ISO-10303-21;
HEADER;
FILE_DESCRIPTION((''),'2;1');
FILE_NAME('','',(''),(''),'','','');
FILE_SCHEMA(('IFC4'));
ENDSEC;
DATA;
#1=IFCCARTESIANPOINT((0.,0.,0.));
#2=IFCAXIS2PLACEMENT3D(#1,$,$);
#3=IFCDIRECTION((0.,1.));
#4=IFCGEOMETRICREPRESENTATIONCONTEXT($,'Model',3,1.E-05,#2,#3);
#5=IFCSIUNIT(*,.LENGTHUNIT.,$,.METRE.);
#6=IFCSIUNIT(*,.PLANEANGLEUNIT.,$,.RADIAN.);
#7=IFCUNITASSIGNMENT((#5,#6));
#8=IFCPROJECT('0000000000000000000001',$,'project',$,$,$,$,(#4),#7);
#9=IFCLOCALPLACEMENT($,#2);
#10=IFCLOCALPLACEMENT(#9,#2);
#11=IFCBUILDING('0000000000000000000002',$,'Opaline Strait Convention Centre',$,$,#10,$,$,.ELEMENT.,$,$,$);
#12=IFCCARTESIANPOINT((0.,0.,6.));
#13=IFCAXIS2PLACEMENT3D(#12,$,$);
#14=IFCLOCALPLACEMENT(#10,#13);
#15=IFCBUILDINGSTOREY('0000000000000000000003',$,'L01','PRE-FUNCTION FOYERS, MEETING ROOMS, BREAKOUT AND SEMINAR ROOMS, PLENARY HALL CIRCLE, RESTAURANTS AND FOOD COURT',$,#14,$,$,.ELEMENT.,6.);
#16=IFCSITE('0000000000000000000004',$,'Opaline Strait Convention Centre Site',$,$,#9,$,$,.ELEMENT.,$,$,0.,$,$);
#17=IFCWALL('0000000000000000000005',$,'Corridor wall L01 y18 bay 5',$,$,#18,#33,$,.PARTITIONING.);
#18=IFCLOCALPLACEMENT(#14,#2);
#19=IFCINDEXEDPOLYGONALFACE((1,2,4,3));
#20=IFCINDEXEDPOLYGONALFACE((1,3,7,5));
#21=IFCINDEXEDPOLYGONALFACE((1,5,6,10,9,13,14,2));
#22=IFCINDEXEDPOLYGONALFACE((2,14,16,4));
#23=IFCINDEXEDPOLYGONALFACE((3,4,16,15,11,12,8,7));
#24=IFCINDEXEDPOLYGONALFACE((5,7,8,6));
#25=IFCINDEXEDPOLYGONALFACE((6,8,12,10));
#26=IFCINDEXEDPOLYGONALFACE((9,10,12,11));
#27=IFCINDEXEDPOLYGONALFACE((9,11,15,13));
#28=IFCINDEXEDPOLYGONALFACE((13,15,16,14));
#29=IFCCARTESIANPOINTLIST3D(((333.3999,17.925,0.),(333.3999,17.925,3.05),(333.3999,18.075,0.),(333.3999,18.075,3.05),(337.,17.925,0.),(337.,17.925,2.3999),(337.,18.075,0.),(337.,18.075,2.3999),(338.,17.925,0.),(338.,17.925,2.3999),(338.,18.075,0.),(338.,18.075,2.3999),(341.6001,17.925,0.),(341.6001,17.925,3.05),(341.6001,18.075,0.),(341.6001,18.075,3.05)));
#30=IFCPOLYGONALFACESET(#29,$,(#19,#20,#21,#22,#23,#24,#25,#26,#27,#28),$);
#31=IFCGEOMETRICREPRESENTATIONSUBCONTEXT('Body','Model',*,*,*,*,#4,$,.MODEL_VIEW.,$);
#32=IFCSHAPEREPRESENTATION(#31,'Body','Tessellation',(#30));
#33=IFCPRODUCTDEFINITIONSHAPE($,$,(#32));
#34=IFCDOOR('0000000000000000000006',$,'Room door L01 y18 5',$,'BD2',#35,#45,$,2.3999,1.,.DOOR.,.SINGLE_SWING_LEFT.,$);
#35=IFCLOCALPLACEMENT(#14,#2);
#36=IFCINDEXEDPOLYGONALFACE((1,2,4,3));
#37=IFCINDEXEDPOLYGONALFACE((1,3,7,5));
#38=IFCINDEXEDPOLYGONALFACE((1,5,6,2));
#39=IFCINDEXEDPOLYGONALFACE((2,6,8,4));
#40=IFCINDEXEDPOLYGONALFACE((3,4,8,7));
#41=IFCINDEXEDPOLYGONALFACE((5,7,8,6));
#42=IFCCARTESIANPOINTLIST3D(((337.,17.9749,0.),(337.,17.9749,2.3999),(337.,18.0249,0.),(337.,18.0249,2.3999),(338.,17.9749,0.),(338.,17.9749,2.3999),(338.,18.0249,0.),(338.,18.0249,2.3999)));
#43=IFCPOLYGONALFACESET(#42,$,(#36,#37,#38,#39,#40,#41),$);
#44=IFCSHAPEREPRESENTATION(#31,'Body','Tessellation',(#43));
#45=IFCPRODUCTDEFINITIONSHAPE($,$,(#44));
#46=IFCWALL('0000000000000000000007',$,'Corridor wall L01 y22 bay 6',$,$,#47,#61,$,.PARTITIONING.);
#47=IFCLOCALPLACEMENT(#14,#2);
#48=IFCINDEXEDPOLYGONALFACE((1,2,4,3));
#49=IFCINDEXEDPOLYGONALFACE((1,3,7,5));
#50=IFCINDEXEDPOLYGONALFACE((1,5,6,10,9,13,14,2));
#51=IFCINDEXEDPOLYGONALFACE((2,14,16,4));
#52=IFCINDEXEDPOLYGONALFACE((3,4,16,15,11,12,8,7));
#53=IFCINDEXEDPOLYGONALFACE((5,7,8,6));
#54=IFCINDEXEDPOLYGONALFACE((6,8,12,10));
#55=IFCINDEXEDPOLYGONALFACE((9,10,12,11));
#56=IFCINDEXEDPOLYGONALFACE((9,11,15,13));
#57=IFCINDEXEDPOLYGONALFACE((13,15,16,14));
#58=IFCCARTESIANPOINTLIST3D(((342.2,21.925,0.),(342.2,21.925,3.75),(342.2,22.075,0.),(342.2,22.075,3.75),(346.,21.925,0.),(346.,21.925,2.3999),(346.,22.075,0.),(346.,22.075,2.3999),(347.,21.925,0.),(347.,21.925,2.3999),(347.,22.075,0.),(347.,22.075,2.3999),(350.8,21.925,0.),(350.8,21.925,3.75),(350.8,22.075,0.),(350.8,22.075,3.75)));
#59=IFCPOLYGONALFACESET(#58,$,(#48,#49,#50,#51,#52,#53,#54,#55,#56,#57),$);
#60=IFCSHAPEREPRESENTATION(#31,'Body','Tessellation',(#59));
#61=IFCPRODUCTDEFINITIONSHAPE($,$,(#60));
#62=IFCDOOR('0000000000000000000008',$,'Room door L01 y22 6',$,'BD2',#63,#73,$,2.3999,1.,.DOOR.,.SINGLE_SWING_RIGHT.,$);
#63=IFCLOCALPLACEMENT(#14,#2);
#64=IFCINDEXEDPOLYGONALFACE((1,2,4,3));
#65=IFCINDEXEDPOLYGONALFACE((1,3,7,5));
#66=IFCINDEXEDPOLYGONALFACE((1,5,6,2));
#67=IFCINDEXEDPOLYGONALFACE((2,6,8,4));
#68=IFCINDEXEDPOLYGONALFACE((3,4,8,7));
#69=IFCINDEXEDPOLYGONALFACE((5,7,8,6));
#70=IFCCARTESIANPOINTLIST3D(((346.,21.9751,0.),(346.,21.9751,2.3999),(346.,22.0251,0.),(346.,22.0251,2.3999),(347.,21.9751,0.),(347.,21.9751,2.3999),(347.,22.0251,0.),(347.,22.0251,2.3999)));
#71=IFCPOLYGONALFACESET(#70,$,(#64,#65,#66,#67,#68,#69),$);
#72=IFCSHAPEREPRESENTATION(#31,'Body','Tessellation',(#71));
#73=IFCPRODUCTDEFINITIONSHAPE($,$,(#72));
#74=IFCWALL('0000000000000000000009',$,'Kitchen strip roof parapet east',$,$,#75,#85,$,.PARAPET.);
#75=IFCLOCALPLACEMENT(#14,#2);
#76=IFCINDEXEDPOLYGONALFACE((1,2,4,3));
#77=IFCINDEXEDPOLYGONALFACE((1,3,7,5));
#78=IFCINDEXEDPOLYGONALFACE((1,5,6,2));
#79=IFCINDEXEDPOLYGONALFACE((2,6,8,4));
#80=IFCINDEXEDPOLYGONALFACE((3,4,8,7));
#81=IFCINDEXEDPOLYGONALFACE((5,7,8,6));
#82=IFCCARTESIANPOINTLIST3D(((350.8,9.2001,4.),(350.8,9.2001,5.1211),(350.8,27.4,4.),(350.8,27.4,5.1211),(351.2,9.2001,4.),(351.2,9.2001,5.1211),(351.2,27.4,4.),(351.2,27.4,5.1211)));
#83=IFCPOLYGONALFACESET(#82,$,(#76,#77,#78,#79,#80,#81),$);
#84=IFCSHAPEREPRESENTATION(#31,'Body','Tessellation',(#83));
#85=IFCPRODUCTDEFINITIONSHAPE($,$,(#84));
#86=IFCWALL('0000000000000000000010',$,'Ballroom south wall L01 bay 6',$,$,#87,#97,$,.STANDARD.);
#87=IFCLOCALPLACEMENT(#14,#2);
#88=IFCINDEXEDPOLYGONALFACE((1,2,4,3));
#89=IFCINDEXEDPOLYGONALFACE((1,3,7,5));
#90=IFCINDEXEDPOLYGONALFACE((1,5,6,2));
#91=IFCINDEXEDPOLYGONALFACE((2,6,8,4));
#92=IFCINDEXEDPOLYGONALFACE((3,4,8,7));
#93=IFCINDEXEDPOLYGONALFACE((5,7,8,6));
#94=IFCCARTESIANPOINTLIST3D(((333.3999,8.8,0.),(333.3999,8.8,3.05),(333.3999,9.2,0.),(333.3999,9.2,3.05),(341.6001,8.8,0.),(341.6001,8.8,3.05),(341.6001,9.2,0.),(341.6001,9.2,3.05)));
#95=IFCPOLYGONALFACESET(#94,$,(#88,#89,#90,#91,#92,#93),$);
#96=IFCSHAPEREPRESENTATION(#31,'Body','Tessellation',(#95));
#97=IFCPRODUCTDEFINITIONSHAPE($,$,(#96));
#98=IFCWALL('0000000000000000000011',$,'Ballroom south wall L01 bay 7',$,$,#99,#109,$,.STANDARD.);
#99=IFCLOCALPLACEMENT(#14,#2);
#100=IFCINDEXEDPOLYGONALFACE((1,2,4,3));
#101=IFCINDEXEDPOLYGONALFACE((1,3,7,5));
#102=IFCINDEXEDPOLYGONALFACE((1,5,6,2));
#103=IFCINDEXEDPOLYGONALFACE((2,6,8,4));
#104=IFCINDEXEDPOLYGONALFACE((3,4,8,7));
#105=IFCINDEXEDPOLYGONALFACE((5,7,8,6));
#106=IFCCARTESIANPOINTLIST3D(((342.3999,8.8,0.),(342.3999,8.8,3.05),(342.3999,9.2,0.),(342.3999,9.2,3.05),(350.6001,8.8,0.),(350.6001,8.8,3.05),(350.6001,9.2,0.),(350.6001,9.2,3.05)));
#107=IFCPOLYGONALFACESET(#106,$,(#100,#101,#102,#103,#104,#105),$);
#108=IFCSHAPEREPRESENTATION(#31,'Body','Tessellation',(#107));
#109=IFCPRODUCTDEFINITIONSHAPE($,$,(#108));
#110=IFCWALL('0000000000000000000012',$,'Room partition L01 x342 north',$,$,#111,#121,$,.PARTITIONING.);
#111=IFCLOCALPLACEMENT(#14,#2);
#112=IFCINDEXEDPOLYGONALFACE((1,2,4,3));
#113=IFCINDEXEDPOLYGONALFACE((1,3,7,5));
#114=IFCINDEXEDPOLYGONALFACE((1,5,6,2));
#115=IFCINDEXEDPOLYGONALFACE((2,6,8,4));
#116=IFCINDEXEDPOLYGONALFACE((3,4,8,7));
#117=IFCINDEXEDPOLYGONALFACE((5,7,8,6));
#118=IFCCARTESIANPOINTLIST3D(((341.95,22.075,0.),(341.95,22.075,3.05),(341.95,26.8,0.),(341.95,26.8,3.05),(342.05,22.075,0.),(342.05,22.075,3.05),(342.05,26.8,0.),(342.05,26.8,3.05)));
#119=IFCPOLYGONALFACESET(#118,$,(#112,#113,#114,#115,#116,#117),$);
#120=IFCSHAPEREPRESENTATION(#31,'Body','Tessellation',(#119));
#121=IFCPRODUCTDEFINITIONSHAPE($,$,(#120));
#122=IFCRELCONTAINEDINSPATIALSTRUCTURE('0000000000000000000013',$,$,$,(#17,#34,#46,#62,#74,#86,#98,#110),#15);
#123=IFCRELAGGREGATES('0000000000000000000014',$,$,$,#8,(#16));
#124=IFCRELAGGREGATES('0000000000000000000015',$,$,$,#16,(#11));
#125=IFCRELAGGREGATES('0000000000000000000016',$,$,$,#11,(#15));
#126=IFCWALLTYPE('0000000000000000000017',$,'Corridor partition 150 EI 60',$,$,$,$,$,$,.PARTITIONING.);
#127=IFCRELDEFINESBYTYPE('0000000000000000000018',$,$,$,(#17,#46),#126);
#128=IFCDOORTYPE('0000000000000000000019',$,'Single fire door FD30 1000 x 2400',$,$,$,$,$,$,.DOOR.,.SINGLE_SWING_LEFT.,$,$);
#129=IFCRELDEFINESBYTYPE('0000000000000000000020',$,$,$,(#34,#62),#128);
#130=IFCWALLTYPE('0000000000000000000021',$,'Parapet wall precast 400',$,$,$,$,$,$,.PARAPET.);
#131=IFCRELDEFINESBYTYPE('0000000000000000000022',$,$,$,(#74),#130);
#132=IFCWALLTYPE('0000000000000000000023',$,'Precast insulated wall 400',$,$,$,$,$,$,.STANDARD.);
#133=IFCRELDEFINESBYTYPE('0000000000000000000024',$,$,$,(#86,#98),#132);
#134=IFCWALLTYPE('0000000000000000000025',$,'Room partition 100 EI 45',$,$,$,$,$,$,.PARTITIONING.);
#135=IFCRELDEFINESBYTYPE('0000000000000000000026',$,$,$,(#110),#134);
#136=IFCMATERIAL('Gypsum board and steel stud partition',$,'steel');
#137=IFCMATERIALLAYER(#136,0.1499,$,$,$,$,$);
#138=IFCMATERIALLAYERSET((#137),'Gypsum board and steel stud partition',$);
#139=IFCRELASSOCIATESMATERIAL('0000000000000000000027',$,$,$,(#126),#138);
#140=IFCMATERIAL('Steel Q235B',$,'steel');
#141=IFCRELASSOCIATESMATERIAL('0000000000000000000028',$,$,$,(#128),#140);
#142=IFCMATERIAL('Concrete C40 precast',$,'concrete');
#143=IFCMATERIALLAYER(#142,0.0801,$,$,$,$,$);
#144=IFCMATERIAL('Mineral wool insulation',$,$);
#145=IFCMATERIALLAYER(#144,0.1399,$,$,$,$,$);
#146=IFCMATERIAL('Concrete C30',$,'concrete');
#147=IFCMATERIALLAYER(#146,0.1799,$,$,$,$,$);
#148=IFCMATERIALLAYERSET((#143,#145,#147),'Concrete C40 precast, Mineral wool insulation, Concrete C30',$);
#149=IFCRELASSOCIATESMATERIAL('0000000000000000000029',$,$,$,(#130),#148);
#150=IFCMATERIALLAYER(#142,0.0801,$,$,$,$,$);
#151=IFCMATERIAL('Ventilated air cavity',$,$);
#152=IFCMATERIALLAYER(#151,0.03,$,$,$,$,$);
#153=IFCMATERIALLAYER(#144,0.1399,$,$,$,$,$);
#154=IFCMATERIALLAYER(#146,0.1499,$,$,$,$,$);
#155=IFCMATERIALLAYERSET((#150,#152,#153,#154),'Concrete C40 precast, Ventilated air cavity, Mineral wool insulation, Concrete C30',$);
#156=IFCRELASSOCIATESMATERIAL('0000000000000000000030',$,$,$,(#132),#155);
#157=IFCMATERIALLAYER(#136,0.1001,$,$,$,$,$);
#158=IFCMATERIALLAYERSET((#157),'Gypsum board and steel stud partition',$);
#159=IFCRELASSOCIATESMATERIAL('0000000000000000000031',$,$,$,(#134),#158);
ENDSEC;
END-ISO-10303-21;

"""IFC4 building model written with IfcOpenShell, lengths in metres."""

from ifc_helpers import new_model, si_unit, direction, frame, frame_2d, origin, place, context, subcontext, project, spatial, rectangle, extrude, material, layer, layer_set, type_object, element, fill, save


model = new_model("IFC4")

# Units and contexts
model_context = context("Model", 3, precision=1e-05, world=origin(), true_north=direction((0.0, 1.0)))
body_context = subcontext(model_context, "Body", "Model", "MODEL_VIEW")
ifc_project = project(units=[si_unit("LENGTHUNIT", "METRE"), si_unit("PLANEANGLEUNIT", "RADIAN")], contexts=[model_context])

# Site, building, storey
site_placement = place(None, origin())
site = spatial("IfcSite", under=ifc_project, at=site_placement, Name="Opaline Strait Convention Centre Site", CompositionType="ELEMENT", RefElevation=0.0)
building_placement = place(site_placement, origin())
building = spatial("IfcBuilding", under=site, at=building_placement, Name="Opaline Strait Convention Centre", CompositionType="ELEMENT")
storey_placement = place(building_placement, frame((0.0, 0.0, 6.0)))
storey = spatial("IfcBuildingStorey", under=building, at=storey_placement, Name="L01", Description="PRE-FUNCTION FOYERS, MEETING ROOMS, BREAKOUT AND SEMINAR ROOMS, PLENARY HALL CIRCLE, RESTAURANTS AND FOOD COURT", CompositionType="ELEMENT", Elevation=6.0)

# Shared definitions
ifc_material_1 = material(Name="Steel Q235B", Category="steel")

# Walls, openings, doors
ifc_material_2 = material(Name="Gypsum board and steel stud partition", Category="steel")
ifc_layer_1 = layer(ifc_material_2, 0.1499)
ifc_layer_set_1 = layer_set([ifc_layer_1], Name="Gypsum board and steel stud partition")
wall_type_1 = type_object("IfcWallType", Name="Corridor partition 150 EI 60", PredefinedType="PARTITIONING", material=ifc_layer_set_1)
wall_1_placement = place(storey_placement, frame((333.3999, 18.0, 0.0), z_axis=(0.0, 0.0, 1.0), x_axis=(1.0, 0.0, 0.0)))
wall_1 = element("IfcWall", 1, at=wall_1_placement, inside=storey, type_object=wall_type_1, Name="Corridor wall L01 y18 bay 5", PredefinedType="PARTITIONING", context=body_context, shape_type="SweptSolid", body=[
    extrude(rectangle(XDim=8.2002, YDim=0.1499, at=frame_2d((4.1001, 0.0))), origin(), (0.0, 0.0, 1.0), 3.05),
])
opening_1_placement = place(wall_1_placement, frame((3.6001, 0.0, 0.0)))
opening_1 = element("IfcOpeningElement", 2, at=opening_1_placement, cuts=wall_1, PredefinedType="OPENING", context=body_context, shape_type="SweptSolid", body=[
    extrude(rectangle(XDim=1.0, YDim=2.3999, at=frame_2d((0.5, 1.2))), frame((0.0, 0.085, 0.0), z_axis=(0.0, -1.0, 0.0), x_axis=(1.0, 0.0, 0.0)), (0.0, 0.0, 1.0), 0.1699),
])
door_type_1 = type_object("IfcDoorType", Name="Single fire door FD30 1000 x 2400", OperationType="SINGLE_SWING_LEFT", PredefinedType="DOOR", material=ifc_material_1)
door_1_placement = place(opening_1_placement, origin())
door_1 = element("IfcDoor", 3, at=door_1_placement, inside=storey, type_object=door_type_1, Name="Room door L01 y18 5", ObjectType="BD2", OperationType="SINGLE_SWING_LEFT", OverallHeight=2.3999, OverallWidth=1.0, PredefinedType="DOOR", context=body_context, shape_type="SweptSolid", body=[
    extrude(rectangle(XDim=1.0, YDim=2.3999, at=frame_2d((0.5, 1.2))), frame((0.0, 0.0249, 0.0), z_axis=(0.0, -1.0, 0.0), x_axis=(1.0, 0.0, 0.0)), (0.0, 0.0, 1.0), 0.05),
])
fill(opening_1, door_1)
wall_2_placement = place(storey_placement, frame((342.2, 22.0, 0.0), z_axis=(0.0, 0.0, 1.0), x_axis=(1.0, 0.0, 0.0)))
wall_2 = element("IfcWall", 4, at=wall_2_placement, inside=storey, type_object=wall_type_1, Name="Corridor wall L01 y22 bay 6", PredefinedType="PARTITIONING", context=body_context, shape_type="SweptSolid", body=[
    extrude(rectangle(XDim=8.6001, YDim=0.1499, at=frame_2d((4.3, 0.0))), origin(), (0.0, 0.0, 1.0), 3.75),
])
opening_2_placement = place(wall_2_placement, frame((3.8, 0.0, 0.0)))
opening_2 = element("IfcOpeningElement", 5, at=opening_2_placement, cuts=wall_2, PredefinedType="OPENING", context=body_context, shape_type="SweptSolid", body=[
    extrude(rectangle(XDim=1.0, YDim=2.3999, at=frame_2d((0.5, 1.2))), frame((0.0, 0.085, 0.0), z_axis=(0.0, -1.0, 0.0), x_axis=(1.0, 0.0, 0.0)), (0.0, 0.0, 1.0), 0.1699),
])
door_2_placement = place(opening_2_placement, frame((1.0, 0.0, 0.0), z_axis=(0.0, 0.0, 1.0), x_axis=(-1.0, 0.0, 0.0)))
door_2 = element("IfcDoor", 6, at=door_2_placement, inside=storey, type_object=door_type_1, Name="Room door L01 y22 6", ObjectType="BD2", OperationType="SINGLE_SWING_RIGHT", OverallHeight=2.3999, OverallWidth=1.0, PredefinedType="DOOR", context=body_context, shape_type="SweptSolid", body=[
    extrude(rectangle(XDim=1.0, YDim=2.3999, at=frame_2d((0.5, 1.2))), frame((0.0, 0.0249, 0.0), z_axis=(0.0, -1.0, 0.0), x_axis=(1.0, 0.0, 0.0)), (0.0, 0.0, 1.0), 0.05),
])
fill(opening_2, door_2)

# Walls
ifc_material_3 = material(Name="Concrete C40 precast", Category="concrete")
ifc_layer_2 = layer(ifc_material_3, 0.0801)
ifc_material_4 = material(Name="Mineral wool insulation")
ifc_layer_3 = layer(ifc_material_4, 0.1399)
ifc_material_5 = material(Name="Concrete C30", Category="concrete")
ifc_layer_4 = layer(ifc_material_5, 0.1799)
ifc_layer_set_2 = layer_set([ifc_layer_2, ifc_layer_3, ifc_layer_4], Name="Concrete C40 precast, Mineral wool insulation, Concrete C30")
wall_type_2 = type_object("IfcWallType", Name="Parapet wall precast 400", PredefinedType="PARAPET", material=ifc_layer_set_2)
wall_3_placement = place(storey_placement, frame((351.0, 9.2, 4.0), z_axis=(0.0, 0.0, 1.0), x_axis=(0.0, 1.0, 0.0)))
element("IfcWall", 7, at=wall_3_placement, inside=storey, type_object=wall_type_2, Name="Kitchen strip roof parapet east", PredefinedType="PARAPET", context=body_context, shape_type="SweptSolid", body=[
    extrude(rectangle(XDim=18.2, YDim=0.3999, at=frame_2d((9.1001, 0.0))), origin(), (0.0, 0.0, 1.0), 1.1211),
])
ifc_layer_5 = layer(ifc_material_3, 0.0801)
ifc_material_6 = material(Name="Ventilated air cavity")
ifc_layer_6 = layer(ifc_material_6, 0.03)
ifc_layer_7 = layer(ifc_material_4, 0.1399)
ifc_layer_8 = layer(ifc_material_5, 0.1499)
ifc_layer_set_3 = layer_set([ifc_layer_5, ifc_layer_6, ifc_layer_7, ifc_layer_8], Name="Concrete C40 precast, Ventilated air cavity, Mineral wool insulation, Concrete C30")
wall_type_3 = type_object("IfcWallType", Name="Precast insulated wall 400", PredefinedType="STANDARD", material=ifc_layer_set_3)
for number, where, z_axis, x_axis, name in (
    (8, (333.3999, 9.0, 0.0), (0.0, 0.0, 1.0), (1.0, 0.0, 0.0), "Ballroom south wall L01 bay 6"),
    (9, (342.3999, 9.0, 0.0), (0.0, 0.0, 1.0), (1.0, 0.0, 0.0), "Ballroom south wall L01 bay 7"),
):
    element("IfcWall", number, at=place(storey_placement, frame(where, z_axis=z_axis, x_axis=x_axis)), inside=storey, type_object=wall_type_3, Name=name, PredefinedType="STANDARD", context=body_context, shape_type="SweptSolid", body=[
        extrude(rectangle(XDim=8.2002, YDim=0.3999, at=frame_2d((4.1001, 0.0))), origin(), (0.0, 0.0, 1.0), 3.05),
    ])
ifc_layer_9 = layer(ifc_material_2, 0.1001)
ifc_layer_set_4 = layer_set([ifc_layer_9], Name="Gypsum board and steel stud partition")
wall_type_4 = type_object("IfcWallType", Name="Room partition 100 EI 45", PredefinedType="PARTITIONING", material=ifc_layer_set_4)
wall_4_placement = place(storey_placement, frame((342.0, 22.075, 0.0), z_axis=(0.0, 0.0, 1.0), x_axis=(0.0, 1.0, 0.0)))
element("IfcWall", 10, at=wall_4_placement, inside=storey, type_object=wall_type_4, Name="Room partition L01 x342 north", PredefinedType="PARTITIONING", context=body_context, shape_type="SweptSolid", body=[
    extrude(rectangle(XDim=4.7251, YDim=0.1001, at=frame_2d((2.3625, 0.0))), origin(), (0.0, 0.0, 1.0), 3.05),
])

save(model, "model.ifc")
